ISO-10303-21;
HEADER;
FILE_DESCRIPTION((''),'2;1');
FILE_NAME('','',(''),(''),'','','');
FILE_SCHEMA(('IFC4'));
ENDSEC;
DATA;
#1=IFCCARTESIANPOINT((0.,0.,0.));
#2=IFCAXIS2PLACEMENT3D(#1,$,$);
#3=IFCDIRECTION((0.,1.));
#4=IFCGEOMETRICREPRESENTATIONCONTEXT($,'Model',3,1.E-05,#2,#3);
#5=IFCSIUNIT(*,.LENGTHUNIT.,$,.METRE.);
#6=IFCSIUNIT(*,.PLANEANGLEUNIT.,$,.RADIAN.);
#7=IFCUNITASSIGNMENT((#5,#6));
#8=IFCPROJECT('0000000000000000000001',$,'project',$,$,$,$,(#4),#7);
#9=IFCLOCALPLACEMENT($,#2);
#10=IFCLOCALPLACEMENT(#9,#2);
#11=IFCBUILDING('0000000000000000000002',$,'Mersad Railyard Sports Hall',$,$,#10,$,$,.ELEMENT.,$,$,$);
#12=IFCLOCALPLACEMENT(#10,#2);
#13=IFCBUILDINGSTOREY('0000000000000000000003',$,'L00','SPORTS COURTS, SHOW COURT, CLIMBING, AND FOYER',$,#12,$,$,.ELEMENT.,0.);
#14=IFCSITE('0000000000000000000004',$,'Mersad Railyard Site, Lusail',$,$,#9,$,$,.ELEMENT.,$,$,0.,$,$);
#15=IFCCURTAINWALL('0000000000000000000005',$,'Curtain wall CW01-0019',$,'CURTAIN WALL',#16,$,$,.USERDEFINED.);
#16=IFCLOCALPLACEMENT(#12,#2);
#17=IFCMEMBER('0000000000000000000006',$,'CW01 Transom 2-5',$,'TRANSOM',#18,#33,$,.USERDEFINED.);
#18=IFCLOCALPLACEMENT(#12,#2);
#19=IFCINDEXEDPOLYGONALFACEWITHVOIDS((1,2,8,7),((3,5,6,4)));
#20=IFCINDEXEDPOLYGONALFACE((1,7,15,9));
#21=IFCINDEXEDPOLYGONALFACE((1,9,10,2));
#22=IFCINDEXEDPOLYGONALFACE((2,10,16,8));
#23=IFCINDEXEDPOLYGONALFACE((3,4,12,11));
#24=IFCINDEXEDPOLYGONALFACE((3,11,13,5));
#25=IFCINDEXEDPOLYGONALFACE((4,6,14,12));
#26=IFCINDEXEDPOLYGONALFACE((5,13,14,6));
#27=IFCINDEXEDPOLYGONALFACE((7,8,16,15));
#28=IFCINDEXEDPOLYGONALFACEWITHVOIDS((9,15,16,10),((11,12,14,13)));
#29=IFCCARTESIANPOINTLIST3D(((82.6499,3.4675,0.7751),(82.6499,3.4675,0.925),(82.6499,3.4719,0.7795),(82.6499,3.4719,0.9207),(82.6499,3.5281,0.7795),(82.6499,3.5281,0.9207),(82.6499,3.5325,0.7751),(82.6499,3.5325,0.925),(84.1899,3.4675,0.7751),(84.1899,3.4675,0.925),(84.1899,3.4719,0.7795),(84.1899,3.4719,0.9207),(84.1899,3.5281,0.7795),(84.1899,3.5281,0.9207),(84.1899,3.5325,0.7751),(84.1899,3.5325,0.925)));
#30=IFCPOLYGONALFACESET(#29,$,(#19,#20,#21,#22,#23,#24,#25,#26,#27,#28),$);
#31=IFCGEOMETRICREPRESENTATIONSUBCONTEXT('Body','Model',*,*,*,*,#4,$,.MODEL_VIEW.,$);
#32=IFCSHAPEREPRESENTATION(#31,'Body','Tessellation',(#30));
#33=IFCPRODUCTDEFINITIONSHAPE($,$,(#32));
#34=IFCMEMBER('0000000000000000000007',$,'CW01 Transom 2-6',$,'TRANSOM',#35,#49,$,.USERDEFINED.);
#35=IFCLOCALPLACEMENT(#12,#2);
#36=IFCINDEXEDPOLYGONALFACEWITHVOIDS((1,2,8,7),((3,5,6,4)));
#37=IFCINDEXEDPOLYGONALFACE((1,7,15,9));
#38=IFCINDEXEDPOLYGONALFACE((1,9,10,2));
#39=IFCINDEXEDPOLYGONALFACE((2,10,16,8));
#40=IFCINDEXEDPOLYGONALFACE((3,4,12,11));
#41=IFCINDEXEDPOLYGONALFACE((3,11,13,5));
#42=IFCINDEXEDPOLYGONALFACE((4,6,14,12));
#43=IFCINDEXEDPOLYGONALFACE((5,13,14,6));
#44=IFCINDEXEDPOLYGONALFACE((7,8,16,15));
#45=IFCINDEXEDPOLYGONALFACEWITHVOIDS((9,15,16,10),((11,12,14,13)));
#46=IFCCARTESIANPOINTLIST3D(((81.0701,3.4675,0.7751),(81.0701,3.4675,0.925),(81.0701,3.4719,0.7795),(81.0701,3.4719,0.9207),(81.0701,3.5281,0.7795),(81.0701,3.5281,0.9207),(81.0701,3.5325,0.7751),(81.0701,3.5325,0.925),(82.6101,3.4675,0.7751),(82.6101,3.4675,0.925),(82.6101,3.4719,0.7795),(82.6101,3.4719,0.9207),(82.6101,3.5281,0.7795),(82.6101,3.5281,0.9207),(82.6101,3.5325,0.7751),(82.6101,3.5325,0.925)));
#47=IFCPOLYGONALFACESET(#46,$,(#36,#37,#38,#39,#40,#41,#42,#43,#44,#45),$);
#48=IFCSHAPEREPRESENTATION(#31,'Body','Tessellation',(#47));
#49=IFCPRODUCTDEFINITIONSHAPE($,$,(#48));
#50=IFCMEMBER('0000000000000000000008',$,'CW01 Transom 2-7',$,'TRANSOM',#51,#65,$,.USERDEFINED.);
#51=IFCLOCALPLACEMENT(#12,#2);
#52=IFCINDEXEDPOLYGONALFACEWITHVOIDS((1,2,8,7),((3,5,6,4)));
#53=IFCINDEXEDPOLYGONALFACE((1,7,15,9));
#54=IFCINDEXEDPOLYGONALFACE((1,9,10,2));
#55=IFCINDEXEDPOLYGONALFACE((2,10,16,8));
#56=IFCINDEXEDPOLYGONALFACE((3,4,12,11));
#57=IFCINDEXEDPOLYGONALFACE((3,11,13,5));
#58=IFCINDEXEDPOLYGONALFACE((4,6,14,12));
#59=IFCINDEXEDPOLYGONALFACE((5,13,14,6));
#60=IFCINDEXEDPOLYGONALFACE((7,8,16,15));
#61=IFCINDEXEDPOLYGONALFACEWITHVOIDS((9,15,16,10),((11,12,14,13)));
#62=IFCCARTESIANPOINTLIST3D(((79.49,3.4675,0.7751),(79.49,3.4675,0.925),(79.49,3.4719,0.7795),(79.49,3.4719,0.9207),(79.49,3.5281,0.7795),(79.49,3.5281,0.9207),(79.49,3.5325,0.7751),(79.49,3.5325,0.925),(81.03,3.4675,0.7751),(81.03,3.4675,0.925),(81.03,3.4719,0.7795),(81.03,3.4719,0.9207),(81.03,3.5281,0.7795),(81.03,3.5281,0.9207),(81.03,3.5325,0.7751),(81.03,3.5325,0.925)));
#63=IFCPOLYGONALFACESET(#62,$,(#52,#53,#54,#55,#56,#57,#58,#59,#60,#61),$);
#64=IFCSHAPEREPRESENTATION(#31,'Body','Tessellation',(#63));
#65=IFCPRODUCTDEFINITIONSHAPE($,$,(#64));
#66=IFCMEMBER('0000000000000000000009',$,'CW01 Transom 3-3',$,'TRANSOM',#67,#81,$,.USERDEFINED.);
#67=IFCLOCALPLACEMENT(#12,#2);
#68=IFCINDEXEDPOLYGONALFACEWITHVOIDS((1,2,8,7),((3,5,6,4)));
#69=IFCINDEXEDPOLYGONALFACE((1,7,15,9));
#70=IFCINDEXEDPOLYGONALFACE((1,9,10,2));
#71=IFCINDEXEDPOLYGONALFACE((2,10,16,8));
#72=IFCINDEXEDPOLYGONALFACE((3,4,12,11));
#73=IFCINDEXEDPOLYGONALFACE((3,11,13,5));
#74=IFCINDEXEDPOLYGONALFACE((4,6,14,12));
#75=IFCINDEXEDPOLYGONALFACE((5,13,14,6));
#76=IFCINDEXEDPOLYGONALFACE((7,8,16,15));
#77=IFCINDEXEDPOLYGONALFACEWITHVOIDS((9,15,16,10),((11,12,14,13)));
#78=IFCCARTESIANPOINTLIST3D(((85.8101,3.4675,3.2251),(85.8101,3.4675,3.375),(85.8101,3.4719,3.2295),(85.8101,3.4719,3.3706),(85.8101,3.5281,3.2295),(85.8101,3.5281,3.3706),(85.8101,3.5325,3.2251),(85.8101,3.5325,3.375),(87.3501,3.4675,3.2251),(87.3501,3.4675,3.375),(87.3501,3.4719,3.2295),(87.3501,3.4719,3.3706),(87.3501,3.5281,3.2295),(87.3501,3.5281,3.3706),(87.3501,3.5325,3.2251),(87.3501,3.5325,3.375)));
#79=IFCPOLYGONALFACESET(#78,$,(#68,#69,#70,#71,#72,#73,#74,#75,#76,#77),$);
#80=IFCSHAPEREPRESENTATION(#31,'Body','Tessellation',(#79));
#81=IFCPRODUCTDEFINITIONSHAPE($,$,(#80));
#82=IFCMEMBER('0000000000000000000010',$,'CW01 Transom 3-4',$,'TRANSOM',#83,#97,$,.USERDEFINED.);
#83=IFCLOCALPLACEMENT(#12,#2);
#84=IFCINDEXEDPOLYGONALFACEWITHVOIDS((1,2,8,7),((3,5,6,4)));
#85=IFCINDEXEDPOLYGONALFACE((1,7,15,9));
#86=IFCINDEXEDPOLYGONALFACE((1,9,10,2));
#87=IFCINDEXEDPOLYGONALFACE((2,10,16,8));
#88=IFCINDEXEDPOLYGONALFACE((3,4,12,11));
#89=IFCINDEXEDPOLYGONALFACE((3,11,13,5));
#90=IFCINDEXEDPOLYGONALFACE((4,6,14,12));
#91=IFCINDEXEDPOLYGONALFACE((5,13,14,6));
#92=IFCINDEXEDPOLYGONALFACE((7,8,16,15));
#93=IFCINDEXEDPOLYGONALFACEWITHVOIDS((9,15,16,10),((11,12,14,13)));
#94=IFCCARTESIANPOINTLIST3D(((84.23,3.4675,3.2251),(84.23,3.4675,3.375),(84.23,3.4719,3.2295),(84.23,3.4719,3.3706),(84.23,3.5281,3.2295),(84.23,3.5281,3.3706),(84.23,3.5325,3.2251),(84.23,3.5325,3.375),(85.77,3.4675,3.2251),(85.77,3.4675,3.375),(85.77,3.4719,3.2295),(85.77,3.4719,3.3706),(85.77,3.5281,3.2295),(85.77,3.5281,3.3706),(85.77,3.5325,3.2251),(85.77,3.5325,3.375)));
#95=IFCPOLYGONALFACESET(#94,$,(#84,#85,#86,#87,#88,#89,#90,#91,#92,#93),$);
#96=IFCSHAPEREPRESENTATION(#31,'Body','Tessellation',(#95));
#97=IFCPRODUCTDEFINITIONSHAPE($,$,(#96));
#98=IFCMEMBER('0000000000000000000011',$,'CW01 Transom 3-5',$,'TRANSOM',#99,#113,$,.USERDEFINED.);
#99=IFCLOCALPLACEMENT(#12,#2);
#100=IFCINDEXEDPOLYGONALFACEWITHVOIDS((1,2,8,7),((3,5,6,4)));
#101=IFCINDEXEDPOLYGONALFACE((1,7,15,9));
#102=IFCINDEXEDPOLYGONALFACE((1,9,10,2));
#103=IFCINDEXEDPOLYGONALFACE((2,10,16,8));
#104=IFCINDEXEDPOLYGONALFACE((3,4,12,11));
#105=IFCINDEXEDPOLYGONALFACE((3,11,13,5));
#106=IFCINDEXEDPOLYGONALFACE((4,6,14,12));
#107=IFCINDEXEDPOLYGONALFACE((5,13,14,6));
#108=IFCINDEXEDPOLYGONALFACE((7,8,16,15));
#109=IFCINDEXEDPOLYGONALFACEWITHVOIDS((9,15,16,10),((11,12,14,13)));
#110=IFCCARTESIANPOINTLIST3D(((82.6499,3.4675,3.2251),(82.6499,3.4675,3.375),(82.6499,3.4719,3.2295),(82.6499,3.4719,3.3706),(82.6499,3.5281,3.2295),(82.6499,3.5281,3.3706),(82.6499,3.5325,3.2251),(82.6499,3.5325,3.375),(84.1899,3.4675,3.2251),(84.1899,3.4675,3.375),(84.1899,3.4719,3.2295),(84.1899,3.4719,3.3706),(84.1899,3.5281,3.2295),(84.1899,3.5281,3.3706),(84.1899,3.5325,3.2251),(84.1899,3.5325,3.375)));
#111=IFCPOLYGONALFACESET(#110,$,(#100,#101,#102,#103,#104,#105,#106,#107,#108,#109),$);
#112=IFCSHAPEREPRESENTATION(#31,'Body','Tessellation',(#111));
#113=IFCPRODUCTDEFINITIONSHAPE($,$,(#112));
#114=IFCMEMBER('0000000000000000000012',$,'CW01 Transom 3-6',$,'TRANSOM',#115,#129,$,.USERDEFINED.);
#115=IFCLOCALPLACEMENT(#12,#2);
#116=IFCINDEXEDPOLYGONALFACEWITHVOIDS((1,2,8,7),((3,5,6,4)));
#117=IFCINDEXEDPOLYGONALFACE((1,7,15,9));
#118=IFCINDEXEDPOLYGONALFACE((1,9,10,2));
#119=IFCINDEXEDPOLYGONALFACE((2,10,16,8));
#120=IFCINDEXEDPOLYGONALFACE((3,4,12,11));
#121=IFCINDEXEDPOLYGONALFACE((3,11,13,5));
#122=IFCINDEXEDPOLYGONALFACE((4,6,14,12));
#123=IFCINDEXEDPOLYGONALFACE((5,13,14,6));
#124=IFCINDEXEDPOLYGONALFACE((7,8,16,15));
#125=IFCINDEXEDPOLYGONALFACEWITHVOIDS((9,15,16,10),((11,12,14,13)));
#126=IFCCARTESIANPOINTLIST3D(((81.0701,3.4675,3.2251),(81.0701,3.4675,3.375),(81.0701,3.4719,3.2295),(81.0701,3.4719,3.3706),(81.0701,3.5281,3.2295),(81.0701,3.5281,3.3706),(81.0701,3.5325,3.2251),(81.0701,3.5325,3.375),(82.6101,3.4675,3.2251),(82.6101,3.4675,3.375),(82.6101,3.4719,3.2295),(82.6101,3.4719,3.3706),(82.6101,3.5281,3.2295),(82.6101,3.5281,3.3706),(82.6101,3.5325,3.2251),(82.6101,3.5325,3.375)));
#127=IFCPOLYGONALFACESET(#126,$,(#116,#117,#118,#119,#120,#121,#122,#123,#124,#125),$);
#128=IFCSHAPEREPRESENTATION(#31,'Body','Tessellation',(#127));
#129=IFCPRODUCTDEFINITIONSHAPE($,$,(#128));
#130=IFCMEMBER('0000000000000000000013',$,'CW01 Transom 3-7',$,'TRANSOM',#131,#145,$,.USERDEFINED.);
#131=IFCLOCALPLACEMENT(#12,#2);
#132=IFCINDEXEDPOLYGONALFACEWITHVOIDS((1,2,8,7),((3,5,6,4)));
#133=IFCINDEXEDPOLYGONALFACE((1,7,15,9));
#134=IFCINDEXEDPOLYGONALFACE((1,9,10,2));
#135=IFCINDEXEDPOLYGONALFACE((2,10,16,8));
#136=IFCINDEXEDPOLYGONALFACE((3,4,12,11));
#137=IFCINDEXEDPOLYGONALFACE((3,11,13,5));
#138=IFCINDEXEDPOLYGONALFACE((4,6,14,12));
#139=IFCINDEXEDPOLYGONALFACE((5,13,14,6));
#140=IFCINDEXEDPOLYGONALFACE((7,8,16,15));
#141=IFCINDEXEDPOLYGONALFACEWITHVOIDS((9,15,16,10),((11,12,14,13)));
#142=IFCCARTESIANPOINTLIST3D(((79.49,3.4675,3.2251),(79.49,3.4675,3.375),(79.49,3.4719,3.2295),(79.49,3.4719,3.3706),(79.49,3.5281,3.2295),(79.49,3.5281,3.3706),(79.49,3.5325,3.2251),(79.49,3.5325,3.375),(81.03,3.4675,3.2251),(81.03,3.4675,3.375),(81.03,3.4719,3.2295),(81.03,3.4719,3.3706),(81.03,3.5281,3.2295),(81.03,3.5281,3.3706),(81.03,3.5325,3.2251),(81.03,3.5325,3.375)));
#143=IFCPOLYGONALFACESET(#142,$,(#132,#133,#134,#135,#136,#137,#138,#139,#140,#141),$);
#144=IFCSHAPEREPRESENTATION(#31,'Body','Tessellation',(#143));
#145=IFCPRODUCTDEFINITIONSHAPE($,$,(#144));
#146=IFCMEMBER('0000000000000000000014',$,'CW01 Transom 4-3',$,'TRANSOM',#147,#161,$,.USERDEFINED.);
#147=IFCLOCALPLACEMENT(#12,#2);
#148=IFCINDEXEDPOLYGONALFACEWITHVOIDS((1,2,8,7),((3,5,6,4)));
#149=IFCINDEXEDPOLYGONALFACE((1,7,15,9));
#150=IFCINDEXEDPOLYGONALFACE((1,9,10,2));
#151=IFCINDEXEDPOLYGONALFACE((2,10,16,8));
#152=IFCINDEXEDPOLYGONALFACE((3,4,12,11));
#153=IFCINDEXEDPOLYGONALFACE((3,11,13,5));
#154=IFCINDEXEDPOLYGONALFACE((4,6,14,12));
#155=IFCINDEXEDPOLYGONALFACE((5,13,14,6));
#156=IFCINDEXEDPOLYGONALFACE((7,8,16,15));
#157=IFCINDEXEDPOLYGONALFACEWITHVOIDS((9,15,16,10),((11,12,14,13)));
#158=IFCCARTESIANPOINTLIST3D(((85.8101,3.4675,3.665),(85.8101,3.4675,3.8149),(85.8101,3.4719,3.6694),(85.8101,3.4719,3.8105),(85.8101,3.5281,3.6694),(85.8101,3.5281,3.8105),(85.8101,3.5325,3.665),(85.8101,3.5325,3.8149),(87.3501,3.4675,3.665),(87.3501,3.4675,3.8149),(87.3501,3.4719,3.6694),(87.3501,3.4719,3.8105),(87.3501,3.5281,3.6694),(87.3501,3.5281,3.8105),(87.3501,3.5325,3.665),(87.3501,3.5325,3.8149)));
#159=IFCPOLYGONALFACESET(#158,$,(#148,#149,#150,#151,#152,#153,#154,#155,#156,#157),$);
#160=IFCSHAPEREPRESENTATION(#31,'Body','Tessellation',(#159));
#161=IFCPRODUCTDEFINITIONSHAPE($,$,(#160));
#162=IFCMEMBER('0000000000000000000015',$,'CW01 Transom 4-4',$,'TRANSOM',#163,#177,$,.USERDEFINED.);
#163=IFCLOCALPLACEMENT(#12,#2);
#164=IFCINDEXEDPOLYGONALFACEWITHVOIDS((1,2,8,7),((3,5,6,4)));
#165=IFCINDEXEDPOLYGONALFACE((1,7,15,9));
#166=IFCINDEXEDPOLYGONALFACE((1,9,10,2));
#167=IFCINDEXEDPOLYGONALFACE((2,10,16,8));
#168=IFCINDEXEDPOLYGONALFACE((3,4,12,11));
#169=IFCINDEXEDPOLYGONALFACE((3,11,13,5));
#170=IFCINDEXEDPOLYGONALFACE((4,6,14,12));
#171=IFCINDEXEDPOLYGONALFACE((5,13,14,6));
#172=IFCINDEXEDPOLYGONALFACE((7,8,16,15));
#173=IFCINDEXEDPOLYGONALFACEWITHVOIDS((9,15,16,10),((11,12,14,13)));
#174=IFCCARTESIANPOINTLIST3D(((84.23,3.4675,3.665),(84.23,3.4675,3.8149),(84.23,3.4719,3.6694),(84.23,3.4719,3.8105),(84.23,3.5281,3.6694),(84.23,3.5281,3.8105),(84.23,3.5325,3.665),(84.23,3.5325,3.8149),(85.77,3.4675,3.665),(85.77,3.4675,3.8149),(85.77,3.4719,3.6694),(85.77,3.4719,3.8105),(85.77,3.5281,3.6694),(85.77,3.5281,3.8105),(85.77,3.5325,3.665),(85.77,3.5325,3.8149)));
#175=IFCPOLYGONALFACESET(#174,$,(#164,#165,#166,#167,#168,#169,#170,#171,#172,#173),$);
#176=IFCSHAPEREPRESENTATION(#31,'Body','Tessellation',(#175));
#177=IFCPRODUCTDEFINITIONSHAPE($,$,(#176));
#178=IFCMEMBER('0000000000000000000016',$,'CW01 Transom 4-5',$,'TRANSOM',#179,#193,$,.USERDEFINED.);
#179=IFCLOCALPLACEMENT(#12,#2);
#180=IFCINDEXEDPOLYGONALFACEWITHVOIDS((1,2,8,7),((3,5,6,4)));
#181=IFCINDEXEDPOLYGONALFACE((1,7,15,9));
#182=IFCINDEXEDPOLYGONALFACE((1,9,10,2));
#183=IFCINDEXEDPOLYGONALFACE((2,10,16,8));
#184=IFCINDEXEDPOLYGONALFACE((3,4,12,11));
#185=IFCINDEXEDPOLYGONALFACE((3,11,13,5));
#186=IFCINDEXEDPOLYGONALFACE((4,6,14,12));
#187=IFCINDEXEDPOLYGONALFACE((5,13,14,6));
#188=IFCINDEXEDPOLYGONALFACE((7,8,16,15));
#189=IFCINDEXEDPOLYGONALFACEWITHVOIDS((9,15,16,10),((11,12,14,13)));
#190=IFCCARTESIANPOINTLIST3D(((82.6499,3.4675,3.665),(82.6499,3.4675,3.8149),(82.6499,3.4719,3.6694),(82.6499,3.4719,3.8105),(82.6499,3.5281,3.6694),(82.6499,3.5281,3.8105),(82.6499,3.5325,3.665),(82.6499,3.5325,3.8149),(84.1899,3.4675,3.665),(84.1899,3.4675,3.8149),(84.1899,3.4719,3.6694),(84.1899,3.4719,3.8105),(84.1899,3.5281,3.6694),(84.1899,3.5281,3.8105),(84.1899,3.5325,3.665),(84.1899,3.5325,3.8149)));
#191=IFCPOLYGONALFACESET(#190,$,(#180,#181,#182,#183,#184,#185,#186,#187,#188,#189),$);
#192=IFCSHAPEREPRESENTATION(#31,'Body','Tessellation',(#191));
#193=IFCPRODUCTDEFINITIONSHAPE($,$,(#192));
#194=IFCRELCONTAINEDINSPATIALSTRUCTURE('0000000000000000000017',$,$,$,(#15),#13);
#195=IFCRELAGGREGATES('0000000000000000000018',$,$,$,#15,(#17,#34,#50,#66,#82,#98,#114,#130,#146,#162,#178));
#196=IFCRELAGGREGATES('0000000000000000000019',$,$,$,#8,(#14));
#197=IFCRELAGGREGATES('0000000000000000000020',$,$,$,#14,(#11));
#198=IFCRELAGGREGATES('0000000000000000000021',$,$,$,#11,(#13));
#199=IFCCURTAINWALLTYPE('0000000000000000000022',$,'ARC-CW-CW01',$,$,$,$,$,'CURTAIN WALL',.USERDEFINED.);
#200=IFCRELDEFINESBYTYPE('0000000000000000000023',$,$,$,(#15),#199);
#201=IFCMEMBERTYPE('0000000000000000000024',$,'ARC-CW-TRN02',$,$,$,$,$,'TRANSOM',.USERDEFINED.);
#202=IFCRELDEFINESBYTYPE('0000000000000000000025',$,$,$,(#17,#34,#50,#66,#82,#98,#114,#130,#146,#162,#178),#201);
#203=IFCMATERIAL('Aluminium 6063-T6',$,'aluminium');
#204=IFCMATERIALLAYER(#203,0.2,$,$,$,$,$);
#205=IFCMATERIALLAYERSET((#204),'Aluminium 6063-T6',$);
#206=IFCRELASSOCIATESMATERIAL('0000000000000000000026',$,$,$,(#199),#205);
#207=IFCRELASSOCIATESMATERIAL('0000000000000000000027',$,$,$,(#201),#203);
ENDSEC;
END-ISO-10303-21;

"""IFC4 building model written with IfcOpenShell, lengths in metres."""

from ifc_helpers import new_model, si_unit, direction, frame, origin, origin_2d, place, context, subcontext, project, spatial, hollow_rectangle, extrude, material, layer, layer_set, material_profile, profile_set, type_object, element, aggregate, save


model = new_model("IFC4")

# Units and contexts
model_context = context("Model", 3, precision=1e-05, world=origin(), true_north=direction((0.0, 1.0)))
body_context = subcontext(model_context, "Body", "Model", "MODEL_VIEW")
ifc_project = project(units=[si_unit("LENGTHUNIT", "METRE"), si_unit("PLANEANGLEUNIT", "RADIAN")], contexts=[model_context])

# Site, building, storey
site_placement = place(None, origin())
site = spatial("IfcSite", under=ifc_project, at=site_placement, Name="Mersad Railyard Site, Lusail", CompositionType="ELEMENT", RefElevation=0.0)
building_placement = place(site_placement, origin())
building = spatial("IfcBuilding", under=site, at=building_placement, Name="Mersad Railyard Sports Hall", CompositionType="ELEMENT")
storey_placement = place(building_placement, origin())
storey = spatial("IfcBuildingStorey", under=building, at=storey_placement, Name="L00", Description="SPORTS COURTS, SHOW COURT, CLIMBING, AND FOYER", CompositionType="ELEMENT", Elevation=0.0)

# Curtain wall, members
ifc_material_1 = material(Name="Aluminium 6063-T6", Category="aluminium")
ifc_layer_1 = layer(ifc_material_1, 0.2)
ifc_layer_set_1 = layer_set([ifc_layer_1], Name="Aluminium 6063-T6")
curtain_wall_type = type_object("IfcCurtainWallType", Name="ARC-CW-CW01", ElementType="CURTAIN WALL", PredefinedType="USERDEFINED", material=ifc_layer_set_1)
curtain_wall_placement = place(storey_placement, origin())
curtain_wall = element("IfcCurtainWall", 1, at=curtain_wall_placement, inside=storey, type_object=curtain_wall_type, Name="Curtain wall CW01-0019", ObjectType="CURTAIN WALL", PredefinedType="USERDEFINED")
ifc_material_profile_1 = material_profile(ifc_material_1, hollow_rectangle(XDim=0.0649, YDim=0.1499, WallThickness=0.0044, at=origin_2d()), Name="AL TRANSOM 65x150x4.5")
ifc_profile_set_1 = profile_set([ifc_material_profile_1], Name="Aluminium 6063-T6")
member_type_1 = type_object("IfcMemberType", Name="ARC-CW-TRN02", ElementType="TRANSOM", PredefinedType="USERDEFINED", material=ifc_profile_set_1)
member_1_placement = place(storey_placement, frame((84.1899, 3.5, 0.8501), z_axis=(-1.0, 0.0, 0.0), x_axis=(0.0, -1.0, 0.0)))
member_1 = element("IfcMember", 2, at=member_1_placement, type_object=member_type_1, Name="CW01 Transom 2-5", ObjectType="TRANSOM", PredefinedType="USERDEFINED", context=body_context, shape_type="SweptSolid", body=[
    extrude(hollow_rectangle(XDim=0.0649, YDim=0.1499, WallThickness=0.0044, at=origin_2d()), origin(), (0.0, 0.0, 1.0), 1.54),
])
member_2_placement = place(storey_placement, frame((82.6101, 3.5, 0.8501), z_axis=(-1.0, 0.0, 0.0), x_axis=(0.0, -1.0, 0.0)))
member_2 = element("IfcMember", 3, at=member_2_placement, type_object=member_type_1, Name="CW01 Transom 2-6", ObjectType="TRANSOM", PredefinedType="USERDEFINED", context=body_context, shape_type="SweptSolid", body=[
    extrude(hollow_rectangle(XDim=0.0649, YDim=0.1499, WallThickness=0.0044, at=origin_2d()), origin(), (0.0, 0.0, 1.0), 1.54),
])
member_3_placement = place(storey_placement, frame((81.03, 3.5, 0.8501), z_axis=(-1.0, 0.0, 0.0), x_axis=(0.0, -1.0, 0.0)))
member_3 = element("IfcMember", 4, at=member_3_placement, type_object=member_type_1, Name="CW01 Transom 2-7", ObjectType="TRANSOM", PredefinedType="USERDEFINED", context=body_context, shape_type="SweptSolid", body=[
    extrude(hollow_rectangle(XDim=0.0649, YDim=0.1499, WallThickness=0.0044, at=origin_2d()), origin(), (0.0, 0.0, 1.0), 1.54),
])
member_4_placement = place(storey_placement, frame((87.3501, 3.5, 3.3), z_axis=(-1.0, 0.0, 0.0), x_axis=(0.0, -1.0, 0.0)))
member_4 = element("IfcMember", 5, at=member_4_placement, type_object=member_type_1, Name="CW01 Transom 3-3", ObjectType="TRANSOM", PredefinedType="USERDEFINED", context=body_context, shape_type="SweptSolid", body=[
    extrude(hollow_rectangle(XDim=0.0649, YDim=0.1499, WallThickness=0.0044, at=origin_2d()), origin(), (0.0, 0.0, 1.0), 1.54),
])
member_5_placement = place(storey_placement, frame((85.77, 3.5, 3.3), z_axis=(-1.0, 0.0, 0.0), x_axis=(0.0, -1.0, 0.0)))
member_5 = element("IfcMember", 6, at=member_5_placement, type_object=member_type_1, Name="CW01 Transom 3-4", ObjectType="TRANSOM", PredefinedType="USERDEFINED", context=body_context, shape_type="SweptSolid", body=[
    extrude(hollow_rectangle(XDim=0.0649, YDim=0.1499, WallThickness=0.0044, at=origin_2d()), origin(), (0.0, 0.0, 1.0), 1.54),
])
member_6_placement = place(storey_placement, frame((84.1899, 3.5, 3.3), z_axis=(-1.0, 0.0, 0.0), x_axis=(0.0, -1.0, 0.0)))
member_6 = element("IfcMember", 7, at=member_6_placement, type_object=member_type_1, Name="CW01 Transom 3-5", ObjectType="TRANSOM", PredefinedType="USERDEFINED", context=body_context, shape_type="SweptSolid", body=[
    extrude(hollow_rectangle(XDim=0.0649, YDim=0.1499, WallThickness=0.0044, at=origin_2d()), origin(), (0.0, 0.0, 1.0), 1.54),
])
member_7_placement = place(storey_placement, frame((82.6101, 3.5, 3.3), z_axis=(-1.0, 0.0, 0.0), x_axis=(0.0, -1.0, 0.0)))
member_7 = element("IfcMember", 8, at=member_7_placement, type_object=member_type_1, Name="CW01 Transom 3-6", ObjectType="TRANSOM", PredefinedType="USERDEFINED", context=body_context, shape_type="SweptSolid", body=[
    extrude(hollow_rectangle(XDim=0.0649, YDim=0.1499, WallThickness=0.0044, at=origin_2d()), origin(), (0.0, 0.0, 1.0), 1.54),
])
member_8_placement = place(storey_placement, frame((81.03, 3.5, 3.3), z_axis=(-1.0, 0.0, 0.0), x_axis=(0.0, -1.0, 0.0)))
member_8 = element("IfcMember", 9, at=member_8_placement, type_object=member_type_1, Name="CW01 Transom 3-7", ObjectType="TRANSOM", PredefinedType="USERDEFINED", context=body_context, shape_type="SweptSolid", body=[
    extrude(hollow_rectangle(XDim=0.0649, YDim=0.1499, WallThickness=0.0044, at=origin_2d()), origin(), (0.0, 0.0, 1.0), 1.54),
])
member_9_placement = place(storey_placement, frame((87.3501, 3.5, 3.74), z_axis=(-1.0, 0.0, 0.0), x_axis=(0.0, -1.0, 0.0)))
member_9 = element("IfcMember", 10, at=member_9_placement, type_object=member_type_1, Name="CW01 Transom 4-3", ObjectType="TRANSOM", PredefinedType="USERDEFINED", context=body_context, shape_type="SweptSolid", body=[
    extrude(hollow_rectangle(XDim=0.0649, YDim=0.1499, WallThickness=0.0044, at=origin_2d()), origin(), (0.0, 0.0, 1.0), 1.54),
])
member_10_placement = place(storey_placement, frame((85.77, 3.5, 3.74), z_axis=(-1.0, 0.0, 0.0), x_axis=(0.0, -1.0, 0.0)))
member_10 = element("IfcMember", 11, at=member_10_placement, type_object=member_type_1, Name="CW01 Transom 4-4", ObjectType="TRANSOM", PredefinedType="USERDEFINED", context=body_context, shape_type="SweptSolid", body=[
    extrude(hollow_rectangle(XDim=0.0649, YDim=0.1499, WallThickness=0.0044, at=origin_2d()), origin(), (0.0, 0.0, 1.0), 1.54),
])
member_11_placement = place(storey_placement, frame((84.1899, 3.5, 3.74), z_axis=(-1.0, 0.0, 0.0), x_axis=(0.0, -1.0, 0.0)))
member_11 = element("IfcMember", 12, at=member_11_placement, type_object=member_type_1, Name="CW01 Transom 4-5", ObjectType="TRANSOM", PredefinedType="USERDEFINED", context=body_context, shape_type="SweptSolid", body=[
    extrude(hollow_rectangle(XDim=0.0649, YDim=0.1499, WallThickness=0.0044, at=origin_2d()), origin(), (0.0, 0.0, 1.0), 1.54),
])
aggregate(curtain_wall, [member_1, member_2, member_3, member_4, member_5, member_6, member_7, member_8, member_9, member_10, member_11])

save(model, "model.ifc")
